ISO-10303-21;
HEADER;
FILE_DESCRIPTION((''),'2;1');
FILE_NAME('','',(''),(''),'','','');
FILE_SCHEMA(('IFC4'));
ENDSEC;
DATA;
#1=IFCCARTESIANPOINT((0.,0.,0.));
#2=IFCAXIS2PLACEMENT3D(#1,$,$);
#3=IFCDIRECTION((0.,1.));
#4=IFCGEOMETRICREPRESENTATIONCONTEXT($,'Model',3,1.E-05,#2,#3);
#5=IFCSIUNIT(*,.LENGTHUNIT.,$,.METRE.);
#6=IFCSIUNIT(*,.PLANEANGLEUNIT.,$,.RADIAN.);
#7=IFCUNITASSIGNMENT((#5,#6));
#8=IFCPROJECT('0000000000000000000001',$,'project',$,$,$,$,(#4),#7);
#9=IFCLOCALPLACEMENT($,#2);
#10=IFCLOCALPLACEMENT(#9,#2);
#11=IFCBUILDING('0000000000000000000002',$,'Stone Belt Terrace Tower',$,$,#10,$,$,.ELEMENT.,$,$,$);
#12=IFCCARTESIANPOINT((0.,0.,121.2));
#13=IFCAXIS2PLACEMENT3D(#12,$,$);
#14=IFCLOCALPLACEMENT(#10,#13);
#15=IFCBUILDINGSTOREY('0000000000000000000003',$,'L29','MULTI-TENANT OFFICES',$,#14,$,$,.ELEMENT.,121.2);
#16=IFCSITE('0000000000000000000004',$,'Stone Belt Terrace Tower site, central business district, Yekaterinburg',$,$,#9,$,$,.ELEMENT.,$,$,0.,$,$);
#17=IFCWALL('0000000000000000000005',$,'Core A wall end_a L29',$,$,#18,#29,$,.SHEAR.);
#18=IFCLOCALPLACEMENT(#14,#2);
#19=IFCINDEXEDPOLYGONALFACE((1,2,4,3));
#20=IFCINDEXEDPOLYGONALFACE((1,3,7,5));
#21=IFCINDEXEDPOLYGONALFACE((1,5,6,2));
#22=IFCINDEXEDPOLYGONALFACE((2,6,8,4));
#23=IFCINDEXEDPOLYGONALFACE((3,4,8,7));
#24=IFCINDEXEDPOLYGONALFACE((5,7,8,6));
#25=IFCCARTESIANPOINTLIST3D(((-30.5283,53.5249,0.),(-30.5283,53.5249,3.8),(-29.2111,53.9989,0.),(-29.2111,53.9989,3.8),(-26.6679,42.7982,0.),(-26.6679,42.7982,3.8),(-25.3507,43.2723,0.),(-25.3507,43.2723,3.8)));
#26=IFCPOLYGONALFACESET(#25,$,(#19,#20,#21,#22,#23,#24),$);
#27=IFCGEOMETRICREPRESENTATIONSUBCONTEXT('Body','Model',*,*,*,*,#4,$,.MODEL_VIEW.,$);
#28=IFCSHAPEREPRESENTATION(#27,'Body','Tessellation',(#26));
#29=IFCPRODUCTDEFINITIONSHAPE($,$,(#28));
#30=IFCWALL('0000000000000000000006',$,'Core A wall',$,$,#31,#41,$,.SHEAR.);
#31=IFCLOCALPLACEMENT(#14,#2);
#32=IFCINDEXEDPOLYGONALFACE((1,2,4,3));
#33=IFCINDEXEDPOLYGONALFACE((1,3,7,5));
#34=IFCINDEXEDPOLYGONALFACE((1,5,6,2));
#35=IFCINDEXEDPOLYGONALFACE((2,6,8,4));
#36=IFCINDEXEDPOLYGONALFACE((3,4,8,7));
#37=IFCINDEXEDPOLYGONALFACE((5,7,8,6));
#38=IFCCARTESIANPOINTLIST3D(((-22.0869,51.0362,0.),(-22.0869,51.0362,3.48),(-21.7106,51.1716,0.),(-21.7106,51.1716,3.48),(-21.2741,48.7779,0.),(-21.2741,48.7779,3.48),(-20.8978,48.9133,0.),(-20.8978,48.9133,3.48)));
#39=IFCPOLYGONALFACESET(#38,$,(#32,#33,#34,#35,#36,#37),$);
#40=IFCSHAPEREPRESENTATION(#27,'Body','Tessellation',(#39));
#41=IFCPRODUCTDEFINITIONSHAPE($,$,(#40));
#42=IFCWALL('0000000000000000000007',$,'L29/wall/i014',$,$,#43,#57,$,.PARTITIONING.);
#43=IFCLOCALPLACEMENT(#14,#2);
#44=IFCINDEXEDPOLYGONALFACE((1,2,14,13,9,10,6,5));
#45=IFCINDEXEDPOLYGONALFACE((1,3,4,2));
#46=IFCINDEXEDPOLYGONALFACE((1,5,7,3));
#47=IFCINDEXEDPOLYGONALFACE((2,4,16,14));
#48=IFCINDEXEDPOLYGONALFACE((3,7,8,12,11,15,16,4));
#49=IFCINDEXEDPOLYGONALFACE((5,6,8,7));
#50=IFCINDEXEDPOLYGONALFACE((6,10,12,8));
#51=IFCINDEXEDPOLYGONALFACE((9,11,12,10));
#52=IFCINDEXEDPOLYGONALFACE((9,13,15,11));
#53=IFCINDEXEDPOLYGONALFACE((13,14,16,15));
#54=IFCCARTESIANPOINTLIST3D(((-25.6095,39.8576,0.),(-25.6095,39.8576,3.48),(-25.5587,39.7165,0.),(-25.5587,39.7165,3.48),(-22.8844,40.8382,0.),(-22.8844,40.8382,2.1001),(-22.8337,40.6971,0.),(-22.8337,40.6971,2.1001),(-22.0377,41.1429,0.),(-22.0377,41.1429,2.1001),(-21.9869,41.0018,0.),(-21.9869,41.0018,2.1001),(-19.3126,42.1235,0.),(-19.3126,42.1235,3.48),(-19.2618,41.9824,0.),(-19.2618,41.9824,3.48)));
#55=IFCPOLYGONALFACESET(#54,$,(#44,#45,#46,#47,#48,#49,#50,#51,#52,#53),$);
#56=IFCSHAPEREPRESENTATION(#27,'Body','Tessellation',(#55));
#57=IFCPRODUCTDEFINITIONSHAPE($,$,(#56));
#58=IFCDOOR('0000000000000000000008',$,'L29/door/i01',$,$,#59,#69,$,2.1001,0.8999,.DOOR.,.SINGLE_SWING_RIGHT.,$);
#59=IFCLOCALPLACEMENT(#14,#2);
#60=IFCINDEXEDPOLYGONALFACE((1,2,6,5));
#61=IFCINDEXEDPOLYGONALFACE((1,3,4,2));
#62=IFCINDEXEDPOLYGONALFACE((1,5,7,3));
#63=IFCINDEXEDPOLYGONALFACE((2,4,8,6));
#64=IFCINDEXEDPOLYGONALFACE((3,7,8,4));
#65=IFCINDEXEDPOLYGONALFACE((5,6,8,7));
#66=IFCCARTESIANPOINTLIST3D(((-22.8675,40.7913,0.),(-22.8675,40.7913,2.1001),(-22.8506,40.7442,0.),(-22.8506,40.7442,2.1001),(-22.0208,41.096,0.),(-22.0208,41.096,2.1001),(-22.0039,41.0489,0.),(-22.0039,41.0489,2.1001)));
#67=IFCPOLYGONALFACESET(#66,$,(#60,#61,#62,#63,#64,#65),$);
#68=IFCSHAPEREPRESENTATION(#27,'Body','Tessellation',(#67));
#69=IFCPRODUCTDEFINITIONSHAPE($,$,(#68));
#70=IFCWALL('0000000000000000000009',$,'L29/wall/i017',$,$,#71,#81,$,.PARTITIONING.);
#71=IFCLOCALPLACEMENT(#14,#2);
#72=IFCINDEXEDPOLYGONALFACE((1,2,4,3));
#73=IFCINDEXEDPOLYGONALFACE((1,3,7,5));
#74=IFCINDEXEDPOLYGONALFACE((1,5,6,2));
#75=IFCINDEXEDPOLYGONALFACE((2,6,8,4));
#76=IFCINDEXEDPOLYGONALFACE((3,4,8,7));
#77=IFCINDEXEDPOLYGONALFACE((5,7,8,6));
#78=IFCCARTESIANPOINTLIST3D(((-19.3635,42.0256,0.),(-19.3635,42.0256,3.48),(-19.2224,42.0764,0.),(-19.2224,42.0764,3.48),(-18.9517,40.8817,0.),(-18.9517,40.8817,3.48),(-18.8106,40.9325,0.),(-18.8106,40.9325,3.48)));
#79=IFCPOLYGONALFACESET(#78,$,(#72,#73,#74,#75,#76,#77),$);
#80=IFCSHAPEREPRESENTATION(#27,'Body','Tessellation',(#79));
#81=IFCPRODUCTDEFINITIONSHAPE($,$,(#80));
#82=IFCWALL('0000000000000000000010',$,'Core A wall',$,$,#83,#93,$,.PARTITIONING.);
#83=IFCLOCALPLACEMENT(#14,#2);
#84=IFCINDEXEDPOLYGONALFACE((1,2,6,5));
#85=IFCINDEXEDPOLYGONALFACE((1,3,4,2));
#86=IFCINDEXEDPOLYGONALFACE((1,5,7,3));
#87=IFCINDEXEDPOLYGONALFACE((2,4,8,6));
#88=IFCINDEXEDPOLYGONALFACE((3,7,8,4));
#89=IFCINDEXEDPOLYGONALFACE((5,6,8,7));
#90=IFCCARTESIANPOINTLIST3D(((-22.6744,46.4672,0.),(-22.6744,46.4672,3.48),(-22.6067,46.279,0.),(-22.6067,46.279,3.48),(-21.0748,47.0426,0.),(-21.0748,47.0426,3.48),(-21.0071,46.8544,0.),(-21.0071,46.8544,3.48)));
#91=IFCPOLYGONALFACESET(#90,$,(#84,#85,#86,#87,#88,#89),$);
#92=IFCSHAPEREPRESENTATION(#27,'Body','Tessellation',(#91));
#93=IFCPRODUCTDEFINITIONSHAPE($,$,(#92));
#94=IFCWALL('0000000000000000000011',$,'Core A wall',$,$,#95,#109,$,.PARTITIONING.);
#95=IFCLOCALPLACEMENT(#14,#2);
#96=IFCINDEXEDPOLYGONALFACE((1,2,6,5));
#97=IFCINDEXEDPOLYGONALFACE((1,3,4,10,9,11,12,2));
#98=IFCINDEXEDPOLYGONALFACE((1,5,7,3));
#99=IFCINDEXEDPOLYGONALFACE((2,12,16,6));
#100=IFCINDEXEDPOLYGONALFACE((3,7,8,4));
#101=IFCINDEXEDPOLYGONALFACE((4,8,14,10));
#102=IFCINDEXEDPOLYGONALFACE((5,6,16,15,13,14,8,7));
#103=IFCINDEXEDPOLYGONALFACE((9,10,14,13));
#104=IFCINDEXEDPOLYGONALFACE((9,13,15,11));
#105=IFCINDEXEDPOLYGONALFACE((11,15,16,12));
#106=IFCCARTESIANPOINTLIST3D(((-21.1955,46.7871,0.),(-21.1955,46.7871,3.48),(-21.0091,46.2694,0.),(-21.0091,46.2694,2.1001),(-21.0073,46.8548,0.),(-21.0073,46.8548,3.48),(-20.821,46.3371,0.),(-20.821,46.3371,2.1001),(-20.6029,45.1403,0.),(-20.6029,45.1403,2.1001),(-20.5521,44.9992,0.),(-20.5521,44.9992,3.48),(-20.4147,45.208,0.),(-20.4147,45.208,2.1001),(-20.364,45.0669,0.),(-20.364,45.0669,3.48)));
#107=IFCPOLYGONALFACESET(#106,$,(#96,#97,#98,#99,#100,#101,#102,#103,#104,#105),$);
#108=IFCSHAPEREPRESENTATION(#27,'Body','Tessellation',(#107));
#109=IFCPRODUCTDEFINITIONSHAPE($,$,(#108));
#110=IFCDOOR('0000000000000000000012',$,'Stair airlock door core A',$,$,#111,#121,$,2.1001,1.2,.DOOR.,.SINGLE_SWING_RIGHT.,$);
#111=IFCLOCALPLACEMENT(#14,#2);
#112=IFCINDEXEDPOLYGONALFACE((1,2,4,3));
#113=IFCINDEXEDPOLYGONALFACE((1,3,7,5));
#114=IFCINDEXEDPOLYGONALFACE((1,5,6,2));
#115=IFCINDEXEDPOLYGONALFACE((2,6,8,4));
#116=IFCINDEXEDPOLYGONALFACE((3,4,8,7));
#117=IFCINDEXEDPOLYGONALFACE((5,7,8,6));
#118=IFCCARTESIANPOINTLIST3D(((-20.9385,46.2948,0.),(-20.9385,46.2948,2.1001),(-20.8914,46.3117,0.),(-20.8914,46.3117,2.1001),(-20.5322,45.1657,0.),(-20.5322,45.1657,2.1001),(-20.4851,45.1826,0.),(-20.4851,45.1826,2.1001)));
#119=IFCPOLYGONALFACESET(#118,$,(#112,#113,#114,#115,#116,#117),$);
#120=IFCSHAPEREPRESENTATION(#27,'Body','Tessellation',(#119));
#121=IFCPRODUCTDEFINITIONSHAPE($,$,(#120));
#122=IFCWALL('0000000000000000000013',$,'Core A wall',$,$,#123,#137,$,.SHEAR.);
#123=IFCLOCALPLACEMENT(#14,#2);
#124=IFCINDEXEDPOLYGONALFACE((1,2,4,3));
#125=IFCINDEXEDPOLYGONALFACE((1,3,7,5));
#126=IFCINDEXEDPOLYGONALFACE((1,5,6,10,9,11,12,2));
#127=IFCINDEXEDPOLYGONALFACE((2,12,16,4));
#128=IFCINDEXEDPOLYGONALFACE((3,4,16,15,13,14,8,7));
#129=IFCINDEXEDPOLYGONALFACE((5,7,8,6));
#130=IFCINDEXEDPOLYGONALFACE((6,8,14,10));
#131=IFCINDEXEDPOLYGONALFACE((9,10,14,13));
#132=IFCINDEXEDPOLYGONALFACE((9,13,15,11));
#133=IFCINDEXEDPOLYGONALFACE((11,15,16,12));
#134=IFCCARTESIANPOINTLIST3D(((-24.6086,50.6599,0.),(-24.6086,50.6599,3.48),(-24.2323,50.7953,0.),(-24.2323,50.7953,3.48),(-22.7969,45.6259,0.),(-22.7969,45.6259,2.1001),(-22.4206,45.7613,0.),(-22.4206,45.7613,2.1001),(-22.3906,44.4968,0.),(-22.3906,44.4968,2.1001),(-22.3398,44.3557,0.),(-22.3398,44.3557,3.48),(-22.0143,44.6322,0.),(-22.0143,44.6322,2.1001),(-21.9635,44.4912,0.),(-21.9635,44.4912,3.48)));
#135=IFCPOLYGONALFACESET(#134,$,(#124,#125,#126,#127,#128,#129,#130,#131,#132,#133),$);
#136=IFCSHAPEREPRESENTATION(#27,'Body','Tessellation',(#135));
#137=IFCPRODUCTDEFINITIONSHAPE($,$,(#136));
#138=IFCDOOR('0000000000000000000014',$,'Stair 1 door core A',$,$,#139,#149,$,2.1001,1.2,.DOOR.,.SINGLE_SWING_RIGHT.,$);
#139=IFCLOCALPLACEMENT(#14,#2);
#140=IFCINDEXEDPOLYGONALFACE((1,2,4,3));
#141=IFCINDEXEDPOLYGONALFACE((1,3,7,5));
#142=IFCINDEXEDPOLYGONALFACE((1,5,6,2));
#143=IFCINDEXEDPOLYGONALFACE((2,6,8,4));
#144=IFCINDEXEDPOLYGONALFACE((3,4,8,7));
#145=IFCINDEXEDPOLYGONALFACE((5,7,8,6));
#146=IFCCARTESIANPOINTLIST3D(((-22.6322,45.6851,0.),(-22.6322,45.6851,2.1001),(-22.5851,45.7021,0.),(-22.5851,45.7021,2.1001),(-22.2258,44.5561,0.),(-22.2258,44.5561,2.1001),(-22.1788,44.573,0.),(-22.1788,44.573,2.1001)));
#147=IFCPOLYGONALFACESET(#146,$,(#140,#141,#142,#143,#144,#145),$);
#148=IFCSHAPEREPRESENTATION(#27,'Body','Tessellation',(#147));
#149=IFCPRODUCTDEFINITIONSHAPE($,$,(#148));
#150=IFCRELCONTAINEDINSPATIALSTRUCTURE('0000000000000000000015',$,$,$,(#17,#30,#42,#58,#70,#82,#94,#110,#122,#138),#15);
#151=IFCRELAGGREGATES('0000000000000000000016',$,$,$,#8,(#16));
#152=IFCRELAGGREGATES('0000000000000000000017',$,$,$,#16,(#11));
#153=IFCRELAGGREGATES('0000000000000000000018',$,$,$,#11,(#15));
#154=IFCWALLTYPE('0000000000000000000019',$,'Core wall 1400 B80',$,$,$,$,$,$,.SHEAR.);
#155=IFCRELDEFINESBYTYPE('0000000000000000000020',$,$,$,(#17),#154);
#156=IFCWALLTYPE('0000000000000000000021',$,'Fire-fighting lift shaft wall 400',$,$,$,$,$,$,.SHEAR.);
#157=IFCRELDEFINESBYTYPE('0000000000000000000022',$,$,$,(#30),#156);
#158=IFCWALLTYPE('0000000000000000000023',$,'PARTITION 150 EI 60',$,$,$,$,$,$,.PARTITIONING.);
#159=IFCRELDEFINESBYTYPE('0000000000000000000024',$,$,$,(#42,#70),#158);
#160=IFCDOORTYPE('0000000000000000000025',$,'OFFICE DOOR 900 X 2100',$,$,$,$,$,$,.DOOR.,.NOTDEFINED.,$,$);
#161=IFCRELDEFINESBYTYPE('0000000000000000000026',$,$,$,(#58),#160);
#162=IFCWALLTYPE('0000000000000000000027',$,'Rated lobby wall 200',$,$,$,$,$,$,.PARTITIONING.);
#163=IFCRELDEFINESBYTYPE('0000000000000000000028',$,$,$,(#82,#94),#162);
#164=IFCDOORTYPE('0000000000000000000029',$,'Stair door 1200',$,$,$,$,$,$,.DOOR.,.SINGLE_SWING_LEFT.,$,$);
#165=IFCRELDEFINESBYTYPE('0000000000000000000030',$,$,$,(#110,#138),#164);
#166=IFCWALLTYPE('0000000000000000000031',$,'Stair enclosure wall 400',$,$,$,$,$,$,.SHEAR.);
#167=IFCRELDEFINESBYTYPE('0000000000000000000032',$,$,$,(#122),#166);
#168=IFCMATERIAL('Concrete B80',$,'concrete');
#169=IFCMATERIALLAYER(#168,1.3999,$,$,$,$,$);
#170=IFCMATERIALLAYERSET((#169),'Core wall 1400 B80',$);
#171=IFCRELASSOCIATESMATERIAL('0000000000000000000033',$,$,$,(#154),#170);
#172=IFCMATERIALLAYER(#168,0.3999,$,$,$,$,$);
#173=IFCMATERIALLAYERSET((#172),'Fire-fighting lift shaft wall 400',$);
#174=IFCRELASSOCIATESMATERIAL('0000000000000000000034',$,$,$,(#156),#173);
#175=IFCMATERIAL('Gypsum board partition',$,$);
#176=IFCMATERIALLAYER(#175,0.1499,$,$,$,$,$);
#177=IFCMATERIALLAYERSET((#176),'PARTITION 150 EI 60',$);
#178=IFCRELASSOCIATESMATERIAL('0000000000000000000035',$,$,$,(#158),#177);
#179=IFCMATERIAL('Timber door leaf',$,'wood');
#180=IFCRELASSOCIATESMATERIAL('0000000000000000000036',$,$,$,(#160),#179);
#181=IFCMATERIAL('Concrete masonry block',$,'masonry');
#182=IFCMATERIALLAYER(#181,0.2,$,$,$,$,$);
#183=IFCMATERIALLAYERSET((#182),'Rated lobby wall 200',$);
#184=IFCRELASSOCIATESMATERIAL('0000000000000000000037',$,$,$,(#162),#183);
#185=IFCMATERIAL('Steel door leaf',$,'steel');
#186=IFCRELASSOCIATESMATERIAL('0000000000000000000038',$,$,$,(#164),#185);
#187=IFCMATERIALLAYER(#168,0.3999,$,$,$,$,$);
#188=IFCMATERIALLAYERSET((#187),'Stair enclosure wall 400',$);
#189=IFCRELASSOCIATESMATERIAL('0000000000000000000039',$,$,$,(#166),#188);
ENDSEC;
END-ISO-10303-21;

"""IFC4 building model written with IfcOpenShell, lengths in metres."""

from ifc_helpers import new_model, si_unit, direction, frame, frame_2d, origin, place, context, subcontext, project, spatial, rectangle, extrude, material, layer, layer_set, type_object, element, fill, save


model = new_model("IFC4")

# Units and contexts
model_context = context("Model", 3, precision=1e-05, world=origin(), true_north=direction((0.0, 1.0)))
body_context = subcontext(model_context, "Body", "Model", "MODEL_VIEW")
ifc_project = project(units=[si_unit("LENGTHUNIT", "METRE"), si_unit("PLANEANGLEUNIT", "RADIAN")], contexts=[model_context])

# Site, building, storey
site_placement = place(None, origin())
site = spatial("IfcSite", under=ifc_project, at=site_placement, Name="Stone Belt Terrace Tower site, central business district, Yekaterinburg", CompositionType="ELEMENT", RefElevation=0.0)
building_placement = place(site_placement, origin())
building = spatial("IfcBuilding", under=site, at=building_placement, Name="Stone Belt Terrace Tower", CompositionType="ELEMENT")
storey_placement = place(building_placement, frame((0.0, 0.0, 121.2)))
storey = spatial("IfcBuildingStorey", under=building, at=storey_placement, Name="L29", Description="MULTI-TENANT OFFICES", CompositionType="ELEMENT", Elevation=121.2)

# Walls
ifc_material_1 = material(Name="Concrete B80", Category="concrete")
ifc_layer_1 = layer(ifc_material_1, 1.3999)
ifc_layer_set_1 = layer_set([ifc_layer_1], Name="Core wall 1400 B80")
wall_type_1 = type_object("IfcWallType", Name="Core wall 1400 B80", PredefinedType="SHEAR", material=ifc_layer_set_1)
wall_1_placement = place(storey_placement, frame((-26.0093, 43.0352, 0.0), z_axis=(0.0, 0.0, 1.0), x_axis=(-0.338625, 0.940921, 0.0)))
element("IfcWall", 1, at=wall_1_placement, inside=storey, type_object=wall_type_1, Name="Core A wall end_a L29", PredefinedType="SHEAR", context=body_context, shape_type="SweptSolid", body=[
    extrude(rectangle(XDim=11.4001, YDim=1.3999, at=frame_2d((5.7002, 0.0))), origin(), (0.0, 0.0, 1.0), 3.8),
])
ifc_layer_2 = layer(ifc_material_1, 0.3999)
ifc_layer_set_2 = layer_set([ifc_layer_2], Name="Fire-fighting lift shaft wall 400")
wall_type_2 = type_object("IfcWallType", Name="Fire-fighting lift shaft wall 400", PredefinedType="SHEAR", material=ifc_layer_set_2)
wall_2_placement = place(storey_placement, frame((-21.0859, 48.8455, 0.0), z_axis=(0.0, 0.0, 1.0), x_axis=(-0.338629, 0.94092, 0.0)))
element("IfcWall", 2, at=wall_2_placement, inside=storey, type_object=wall_type_2, Name="Core A wall", PredefinedType="SHEAR", context=body_context, shape_type="SweptSolid", body=[
    extrude(rectangle(XDim=2.4001, YDim=0.3999, at=frame_2d((1.2002, 0.0))), origin(), (0.0, 0.0, 1.0), 3.48),
])

# Wall, opening, door
ifc_material_2 = material(Name="Gypsum board partition")
ifc_layer_3 = layer(ifc_material_2, 0.1499)
ifc_layer_set_3 = layer_set([ifc_layer_3], Name="PARTITION 150 EI 60")
wall_type_3 = type_object("IfcWallType", Name="PARTITION 150 EI 60", PredefinedType="PARTITIONING", material=ifc_layer_set_3)
wall_3_placement = place(storey_placement, frame((-19.2871, 42.053, 0.0), z_axis=(0.0, 0.0, 1.0), x_axis=(-0.940935, -0.338586, 0.0)))
wall_3 = element("IfcWall", 3, at=wall_3_placement, inside=storey, type_object=wall_type_3, Name="L29/wall/i014", PredefinedType="PARTITIONING", context=body_context, shape_type="SweptSolid", body=[
    extrude(rectangle(XDim=6.6921, YDim=0.1499, at=frame_2d((3.3462, 0.0))), origin(), (0.0, 0.0, 1.0), 3.48),
])
opening_1_placement = place(wall_3_placement, frame((2.8962, 0.0, 0.0)))
opening_1 = element("IfcOpeningElement", 4, at=opening_1_placement, cuts=wall_3, PredefinedType="OPENING", context=body_context, shape_type="SweptSolid", body=[
    extrude(rectangle(XDim=0.8999, YDim=2.1001, at=frame_2d((0.45, 1.05))), frame((0.0, 0.085, 0.0), z_axis=(0.0, -1.0, 0.0), x_axis=(1.0, 0.0, 0.0)), (0.0, 0.0, 1.0), 0.1699),
])
ifc_material_3 = material(Name="Timber door leaf", Category="wood")
door_type_1 = type_object("IfcDoorType", Name="OFFICE DOOR 900 X 2100", OperationType="NOTDEFINED", PredefinedType="DOOR", material=ifc_material_3)
door_1_placement = place(opening_1_placement, origin())
door_1 = element("IfcDoor", 5, at=door_1_placement, inside=storey, type_object=door_type_1, Name="L29/door/i01", OperationType="SINGLE_SWING_RIGHT", OverallHeight=2.1001, OverallWidth=0.8999, PredefinedType="DOOR", context=body_context, shape_type="SweptSolid", body=[
    extrude(rectangle(XDim=0.8999, YDim=2.1001, at=frame_2d((0.45, 1.05))), frame((0.0, 0.0249, 0.0), z_axis=(0.0, -1.0, 0.0), x_axis=(1.0, 0.0, 0.0)), (0.0, 0.0, 1.0), 0.05),
])
fill(opening_1, door_1)

# Walls
wall_4_placement = place(storey_placement, frame((-19.293, 42.051, 0.0), z_axis=(0.0, 0.0, 1.0), x_axis=(0.338727, -0.940885, 0.0)))
element("IfcWall", 6, at=wall_4_placement, inside=storey, type_object=wall_type_3, Name="L29/wall/i017", PredefinedType="PARTITIONING", context=body_context, shape_type="SweptSolid", body=[
    extrude(rectangle(XDim=1.2158, YDim=0.1499, at=frame_2d((0.6079, 0.0))), origin(), (0.0, 0.0, 1.0), 3.48),
])
ifc_material_4 = material(Name="Concrete masonry block", Category="masonry")
ifc_layer_4 = layer(ifc_material_4, 0.2)
ifc_layer_set_4 = layer_set([ifc_layer_4], Name="Rated lobby wall 200")
wall_type_4 = type_object("IfcWallType", Name="Rated lobby wall 200", PredefinedType="PARTITIONING", material=ifc_layer_set_4)
wall_5_placement = place(storey_placement, frame((-22.6406, 46.373, 0.0), z_axis=(0.0, 0.0, 1.0), x_axis=(0.940966, 0.338501, 0.0)))
element("IfcWall", 7, at=wall_5_placement, inside=storey, type_object=wall_type_4, Name="Core A wall", PredefinedType="PARTITIONING", context=body_context, shape_type="SweptSolid", body=[
    extrude(rectangle(XDim=1.7, YDim=0.2, at=frame_2d((0.8501, 0.0))), origin(), (0.0, 0.0, 1.0), 3.48),
])

# Walls, openings, doors
wall_6_placement = place(storey_placement, frame((-20.458, 45.033, 0.0), z_axis=(0.0, 0.0, 1.0), x_axis=(-0.338574, 0.94094, 0.0)))
wall_6 = element("IfcWall", 8, at=wall_6_placement, inside=storey, type_object=wall_type_4, Name="Core A wall", PredefinedType="PARTITIONING", context=body_context, shape_type="SweptSolid", body=[
    extrude(rectangle(XDim=1.9001, YDim=0.2, at=frame_2d((0.9502, 0.0))), origin(), (0.0, 0.0, 1.0), 3.48),
])
opening_2_placement = place(wall_6_placement, frame((0.1499, 0.0, 0.0)))
opening_2 = element("IfcOpeningElement", 9, at=opening_2_placement, cuts=wall_6, PredefinedType="OPENING", context=body_context, shape_type="SweptSolid", body=[
    extrude(rectangle(XDim=1.2, YDim=2.1001, at=frame_2d((0.6001, 1.05))), frame((0.0, 0.1099, 0.0), z_axis=(0.0, -1.0, 0.0), x_axis=(1.0, 0.0, 0.0)), (0.0, 0.0, 1.0), 0.22),
])
ifc_material_5 = material(Name="Steel door leaf", Category="steel")
door_type_2 = type_object("IfcDoorType", Name="Stair door 1200", OperationType="SINGLE_SWING_LEFT", PredefinedType="DOOR", material=ifc_material_5)
door_2_placement = place(opening_2_placement, origin())
door_2 = element("IfcDoor", 10, at=door_2_placement, inside=storey, type_object=door_type_2, Name="Stair airlock door core A", OperationType="SINGLE_SWING_RIGHT", OverallHeight=2.1001, OverallWidth=1.2, PredefinedType="DOOR", context=body_context, shape_type="SweptSolid", body=[
    extrude(rectangle(XDim=1.2, YDim=2.1001, at=frame_2d((0.6001, 1.05))), frame((0.0, 0.0249, 0.0), z_axis=(0.0, -1.0, 0.0), x_axis=(1.0, 0.0, 0.0)), (0.0, 0.0, 1.0), 0.05),
])
fill(opening_2, door_2)
ifc_layer_5 = layer(ifc_material_1, 0.3999)
ifc_layer_set_5 = layer_set([ifc_layer_5], Name="Stair enclosure wall 400")
wall_type_5 = type_object("IfcWallType", Name="Stair enclosure wall 400", PredefinedType="SHEAR", material=ifc_layer_set_5)
wall_7_placement = place(storey_placement, frame((-22.1516, 44.4233, 0.0), z_axis=(0.0, 0.0, 1.0), x_axis=(-0.338625, 0.940921, 0.0)))
wall_7 = element("IfcWall", 11, at=wall_7_placement, inside=storey, type_object=wall_type_5, Name="Core A wall", PredefinedType="SHEAR", context=body_context, shape_type="SweptSolid", body=[
    extrude(rectangle(XDim=6.7, YDim=0.3999, at=frame_2d((3.3501, 0.0))), origin(), (0.0, 0.0, 1.0), 3.48),
])
opening_3_placement = place(wall_7_placement, frame((0.1499, 0.0, 0.0)))
opening_3 = element("IfcOpeningElement", 12, at=opening_3_placement, cuts=wall_7, PredefinedType="OPENING", context=body_context, shape_type="SweptSolid", body=[
    extrude(rectangle(XDim=1.2, YDim=2.1001, at=frame_2d((0.6001, 1.05))), frame((0.0, 0.21, 0.0), z_axis=(0.0, -1.0, 0.0), x_axis=(1.0, 0.0, 0.0)), (0.0, 0.0, 1.0), 0.4199),
])
door_3_placement = place(opening_3_placement, origin())
door_3 = element("IfcDoor", 13, at=door_3_placement, inside=storey, type_object=door_type_2, Name="Stair 1 door core A", OperationType="SINGLE_SWING_RIGHT", OverallHeight=2.1001, OverallWidth=1.2, PredefinedType="DOOR", context=body_context, shape_type="SweptSolid", body=[
    extrude(rectangle(XDim=1.2, YDim=2.1001, at=frame_2d((0.6001, 1.05))), frame((0.0, 0.0249, 0.0), z_axis=(0.0, -1.0, 0.0), x_axis=(1.0, 0.0, 0.0)), (0.0, 0.0, 1.0), 0.05),
])
fill(opening_3, door_3)

save(model, "model.ifc")
